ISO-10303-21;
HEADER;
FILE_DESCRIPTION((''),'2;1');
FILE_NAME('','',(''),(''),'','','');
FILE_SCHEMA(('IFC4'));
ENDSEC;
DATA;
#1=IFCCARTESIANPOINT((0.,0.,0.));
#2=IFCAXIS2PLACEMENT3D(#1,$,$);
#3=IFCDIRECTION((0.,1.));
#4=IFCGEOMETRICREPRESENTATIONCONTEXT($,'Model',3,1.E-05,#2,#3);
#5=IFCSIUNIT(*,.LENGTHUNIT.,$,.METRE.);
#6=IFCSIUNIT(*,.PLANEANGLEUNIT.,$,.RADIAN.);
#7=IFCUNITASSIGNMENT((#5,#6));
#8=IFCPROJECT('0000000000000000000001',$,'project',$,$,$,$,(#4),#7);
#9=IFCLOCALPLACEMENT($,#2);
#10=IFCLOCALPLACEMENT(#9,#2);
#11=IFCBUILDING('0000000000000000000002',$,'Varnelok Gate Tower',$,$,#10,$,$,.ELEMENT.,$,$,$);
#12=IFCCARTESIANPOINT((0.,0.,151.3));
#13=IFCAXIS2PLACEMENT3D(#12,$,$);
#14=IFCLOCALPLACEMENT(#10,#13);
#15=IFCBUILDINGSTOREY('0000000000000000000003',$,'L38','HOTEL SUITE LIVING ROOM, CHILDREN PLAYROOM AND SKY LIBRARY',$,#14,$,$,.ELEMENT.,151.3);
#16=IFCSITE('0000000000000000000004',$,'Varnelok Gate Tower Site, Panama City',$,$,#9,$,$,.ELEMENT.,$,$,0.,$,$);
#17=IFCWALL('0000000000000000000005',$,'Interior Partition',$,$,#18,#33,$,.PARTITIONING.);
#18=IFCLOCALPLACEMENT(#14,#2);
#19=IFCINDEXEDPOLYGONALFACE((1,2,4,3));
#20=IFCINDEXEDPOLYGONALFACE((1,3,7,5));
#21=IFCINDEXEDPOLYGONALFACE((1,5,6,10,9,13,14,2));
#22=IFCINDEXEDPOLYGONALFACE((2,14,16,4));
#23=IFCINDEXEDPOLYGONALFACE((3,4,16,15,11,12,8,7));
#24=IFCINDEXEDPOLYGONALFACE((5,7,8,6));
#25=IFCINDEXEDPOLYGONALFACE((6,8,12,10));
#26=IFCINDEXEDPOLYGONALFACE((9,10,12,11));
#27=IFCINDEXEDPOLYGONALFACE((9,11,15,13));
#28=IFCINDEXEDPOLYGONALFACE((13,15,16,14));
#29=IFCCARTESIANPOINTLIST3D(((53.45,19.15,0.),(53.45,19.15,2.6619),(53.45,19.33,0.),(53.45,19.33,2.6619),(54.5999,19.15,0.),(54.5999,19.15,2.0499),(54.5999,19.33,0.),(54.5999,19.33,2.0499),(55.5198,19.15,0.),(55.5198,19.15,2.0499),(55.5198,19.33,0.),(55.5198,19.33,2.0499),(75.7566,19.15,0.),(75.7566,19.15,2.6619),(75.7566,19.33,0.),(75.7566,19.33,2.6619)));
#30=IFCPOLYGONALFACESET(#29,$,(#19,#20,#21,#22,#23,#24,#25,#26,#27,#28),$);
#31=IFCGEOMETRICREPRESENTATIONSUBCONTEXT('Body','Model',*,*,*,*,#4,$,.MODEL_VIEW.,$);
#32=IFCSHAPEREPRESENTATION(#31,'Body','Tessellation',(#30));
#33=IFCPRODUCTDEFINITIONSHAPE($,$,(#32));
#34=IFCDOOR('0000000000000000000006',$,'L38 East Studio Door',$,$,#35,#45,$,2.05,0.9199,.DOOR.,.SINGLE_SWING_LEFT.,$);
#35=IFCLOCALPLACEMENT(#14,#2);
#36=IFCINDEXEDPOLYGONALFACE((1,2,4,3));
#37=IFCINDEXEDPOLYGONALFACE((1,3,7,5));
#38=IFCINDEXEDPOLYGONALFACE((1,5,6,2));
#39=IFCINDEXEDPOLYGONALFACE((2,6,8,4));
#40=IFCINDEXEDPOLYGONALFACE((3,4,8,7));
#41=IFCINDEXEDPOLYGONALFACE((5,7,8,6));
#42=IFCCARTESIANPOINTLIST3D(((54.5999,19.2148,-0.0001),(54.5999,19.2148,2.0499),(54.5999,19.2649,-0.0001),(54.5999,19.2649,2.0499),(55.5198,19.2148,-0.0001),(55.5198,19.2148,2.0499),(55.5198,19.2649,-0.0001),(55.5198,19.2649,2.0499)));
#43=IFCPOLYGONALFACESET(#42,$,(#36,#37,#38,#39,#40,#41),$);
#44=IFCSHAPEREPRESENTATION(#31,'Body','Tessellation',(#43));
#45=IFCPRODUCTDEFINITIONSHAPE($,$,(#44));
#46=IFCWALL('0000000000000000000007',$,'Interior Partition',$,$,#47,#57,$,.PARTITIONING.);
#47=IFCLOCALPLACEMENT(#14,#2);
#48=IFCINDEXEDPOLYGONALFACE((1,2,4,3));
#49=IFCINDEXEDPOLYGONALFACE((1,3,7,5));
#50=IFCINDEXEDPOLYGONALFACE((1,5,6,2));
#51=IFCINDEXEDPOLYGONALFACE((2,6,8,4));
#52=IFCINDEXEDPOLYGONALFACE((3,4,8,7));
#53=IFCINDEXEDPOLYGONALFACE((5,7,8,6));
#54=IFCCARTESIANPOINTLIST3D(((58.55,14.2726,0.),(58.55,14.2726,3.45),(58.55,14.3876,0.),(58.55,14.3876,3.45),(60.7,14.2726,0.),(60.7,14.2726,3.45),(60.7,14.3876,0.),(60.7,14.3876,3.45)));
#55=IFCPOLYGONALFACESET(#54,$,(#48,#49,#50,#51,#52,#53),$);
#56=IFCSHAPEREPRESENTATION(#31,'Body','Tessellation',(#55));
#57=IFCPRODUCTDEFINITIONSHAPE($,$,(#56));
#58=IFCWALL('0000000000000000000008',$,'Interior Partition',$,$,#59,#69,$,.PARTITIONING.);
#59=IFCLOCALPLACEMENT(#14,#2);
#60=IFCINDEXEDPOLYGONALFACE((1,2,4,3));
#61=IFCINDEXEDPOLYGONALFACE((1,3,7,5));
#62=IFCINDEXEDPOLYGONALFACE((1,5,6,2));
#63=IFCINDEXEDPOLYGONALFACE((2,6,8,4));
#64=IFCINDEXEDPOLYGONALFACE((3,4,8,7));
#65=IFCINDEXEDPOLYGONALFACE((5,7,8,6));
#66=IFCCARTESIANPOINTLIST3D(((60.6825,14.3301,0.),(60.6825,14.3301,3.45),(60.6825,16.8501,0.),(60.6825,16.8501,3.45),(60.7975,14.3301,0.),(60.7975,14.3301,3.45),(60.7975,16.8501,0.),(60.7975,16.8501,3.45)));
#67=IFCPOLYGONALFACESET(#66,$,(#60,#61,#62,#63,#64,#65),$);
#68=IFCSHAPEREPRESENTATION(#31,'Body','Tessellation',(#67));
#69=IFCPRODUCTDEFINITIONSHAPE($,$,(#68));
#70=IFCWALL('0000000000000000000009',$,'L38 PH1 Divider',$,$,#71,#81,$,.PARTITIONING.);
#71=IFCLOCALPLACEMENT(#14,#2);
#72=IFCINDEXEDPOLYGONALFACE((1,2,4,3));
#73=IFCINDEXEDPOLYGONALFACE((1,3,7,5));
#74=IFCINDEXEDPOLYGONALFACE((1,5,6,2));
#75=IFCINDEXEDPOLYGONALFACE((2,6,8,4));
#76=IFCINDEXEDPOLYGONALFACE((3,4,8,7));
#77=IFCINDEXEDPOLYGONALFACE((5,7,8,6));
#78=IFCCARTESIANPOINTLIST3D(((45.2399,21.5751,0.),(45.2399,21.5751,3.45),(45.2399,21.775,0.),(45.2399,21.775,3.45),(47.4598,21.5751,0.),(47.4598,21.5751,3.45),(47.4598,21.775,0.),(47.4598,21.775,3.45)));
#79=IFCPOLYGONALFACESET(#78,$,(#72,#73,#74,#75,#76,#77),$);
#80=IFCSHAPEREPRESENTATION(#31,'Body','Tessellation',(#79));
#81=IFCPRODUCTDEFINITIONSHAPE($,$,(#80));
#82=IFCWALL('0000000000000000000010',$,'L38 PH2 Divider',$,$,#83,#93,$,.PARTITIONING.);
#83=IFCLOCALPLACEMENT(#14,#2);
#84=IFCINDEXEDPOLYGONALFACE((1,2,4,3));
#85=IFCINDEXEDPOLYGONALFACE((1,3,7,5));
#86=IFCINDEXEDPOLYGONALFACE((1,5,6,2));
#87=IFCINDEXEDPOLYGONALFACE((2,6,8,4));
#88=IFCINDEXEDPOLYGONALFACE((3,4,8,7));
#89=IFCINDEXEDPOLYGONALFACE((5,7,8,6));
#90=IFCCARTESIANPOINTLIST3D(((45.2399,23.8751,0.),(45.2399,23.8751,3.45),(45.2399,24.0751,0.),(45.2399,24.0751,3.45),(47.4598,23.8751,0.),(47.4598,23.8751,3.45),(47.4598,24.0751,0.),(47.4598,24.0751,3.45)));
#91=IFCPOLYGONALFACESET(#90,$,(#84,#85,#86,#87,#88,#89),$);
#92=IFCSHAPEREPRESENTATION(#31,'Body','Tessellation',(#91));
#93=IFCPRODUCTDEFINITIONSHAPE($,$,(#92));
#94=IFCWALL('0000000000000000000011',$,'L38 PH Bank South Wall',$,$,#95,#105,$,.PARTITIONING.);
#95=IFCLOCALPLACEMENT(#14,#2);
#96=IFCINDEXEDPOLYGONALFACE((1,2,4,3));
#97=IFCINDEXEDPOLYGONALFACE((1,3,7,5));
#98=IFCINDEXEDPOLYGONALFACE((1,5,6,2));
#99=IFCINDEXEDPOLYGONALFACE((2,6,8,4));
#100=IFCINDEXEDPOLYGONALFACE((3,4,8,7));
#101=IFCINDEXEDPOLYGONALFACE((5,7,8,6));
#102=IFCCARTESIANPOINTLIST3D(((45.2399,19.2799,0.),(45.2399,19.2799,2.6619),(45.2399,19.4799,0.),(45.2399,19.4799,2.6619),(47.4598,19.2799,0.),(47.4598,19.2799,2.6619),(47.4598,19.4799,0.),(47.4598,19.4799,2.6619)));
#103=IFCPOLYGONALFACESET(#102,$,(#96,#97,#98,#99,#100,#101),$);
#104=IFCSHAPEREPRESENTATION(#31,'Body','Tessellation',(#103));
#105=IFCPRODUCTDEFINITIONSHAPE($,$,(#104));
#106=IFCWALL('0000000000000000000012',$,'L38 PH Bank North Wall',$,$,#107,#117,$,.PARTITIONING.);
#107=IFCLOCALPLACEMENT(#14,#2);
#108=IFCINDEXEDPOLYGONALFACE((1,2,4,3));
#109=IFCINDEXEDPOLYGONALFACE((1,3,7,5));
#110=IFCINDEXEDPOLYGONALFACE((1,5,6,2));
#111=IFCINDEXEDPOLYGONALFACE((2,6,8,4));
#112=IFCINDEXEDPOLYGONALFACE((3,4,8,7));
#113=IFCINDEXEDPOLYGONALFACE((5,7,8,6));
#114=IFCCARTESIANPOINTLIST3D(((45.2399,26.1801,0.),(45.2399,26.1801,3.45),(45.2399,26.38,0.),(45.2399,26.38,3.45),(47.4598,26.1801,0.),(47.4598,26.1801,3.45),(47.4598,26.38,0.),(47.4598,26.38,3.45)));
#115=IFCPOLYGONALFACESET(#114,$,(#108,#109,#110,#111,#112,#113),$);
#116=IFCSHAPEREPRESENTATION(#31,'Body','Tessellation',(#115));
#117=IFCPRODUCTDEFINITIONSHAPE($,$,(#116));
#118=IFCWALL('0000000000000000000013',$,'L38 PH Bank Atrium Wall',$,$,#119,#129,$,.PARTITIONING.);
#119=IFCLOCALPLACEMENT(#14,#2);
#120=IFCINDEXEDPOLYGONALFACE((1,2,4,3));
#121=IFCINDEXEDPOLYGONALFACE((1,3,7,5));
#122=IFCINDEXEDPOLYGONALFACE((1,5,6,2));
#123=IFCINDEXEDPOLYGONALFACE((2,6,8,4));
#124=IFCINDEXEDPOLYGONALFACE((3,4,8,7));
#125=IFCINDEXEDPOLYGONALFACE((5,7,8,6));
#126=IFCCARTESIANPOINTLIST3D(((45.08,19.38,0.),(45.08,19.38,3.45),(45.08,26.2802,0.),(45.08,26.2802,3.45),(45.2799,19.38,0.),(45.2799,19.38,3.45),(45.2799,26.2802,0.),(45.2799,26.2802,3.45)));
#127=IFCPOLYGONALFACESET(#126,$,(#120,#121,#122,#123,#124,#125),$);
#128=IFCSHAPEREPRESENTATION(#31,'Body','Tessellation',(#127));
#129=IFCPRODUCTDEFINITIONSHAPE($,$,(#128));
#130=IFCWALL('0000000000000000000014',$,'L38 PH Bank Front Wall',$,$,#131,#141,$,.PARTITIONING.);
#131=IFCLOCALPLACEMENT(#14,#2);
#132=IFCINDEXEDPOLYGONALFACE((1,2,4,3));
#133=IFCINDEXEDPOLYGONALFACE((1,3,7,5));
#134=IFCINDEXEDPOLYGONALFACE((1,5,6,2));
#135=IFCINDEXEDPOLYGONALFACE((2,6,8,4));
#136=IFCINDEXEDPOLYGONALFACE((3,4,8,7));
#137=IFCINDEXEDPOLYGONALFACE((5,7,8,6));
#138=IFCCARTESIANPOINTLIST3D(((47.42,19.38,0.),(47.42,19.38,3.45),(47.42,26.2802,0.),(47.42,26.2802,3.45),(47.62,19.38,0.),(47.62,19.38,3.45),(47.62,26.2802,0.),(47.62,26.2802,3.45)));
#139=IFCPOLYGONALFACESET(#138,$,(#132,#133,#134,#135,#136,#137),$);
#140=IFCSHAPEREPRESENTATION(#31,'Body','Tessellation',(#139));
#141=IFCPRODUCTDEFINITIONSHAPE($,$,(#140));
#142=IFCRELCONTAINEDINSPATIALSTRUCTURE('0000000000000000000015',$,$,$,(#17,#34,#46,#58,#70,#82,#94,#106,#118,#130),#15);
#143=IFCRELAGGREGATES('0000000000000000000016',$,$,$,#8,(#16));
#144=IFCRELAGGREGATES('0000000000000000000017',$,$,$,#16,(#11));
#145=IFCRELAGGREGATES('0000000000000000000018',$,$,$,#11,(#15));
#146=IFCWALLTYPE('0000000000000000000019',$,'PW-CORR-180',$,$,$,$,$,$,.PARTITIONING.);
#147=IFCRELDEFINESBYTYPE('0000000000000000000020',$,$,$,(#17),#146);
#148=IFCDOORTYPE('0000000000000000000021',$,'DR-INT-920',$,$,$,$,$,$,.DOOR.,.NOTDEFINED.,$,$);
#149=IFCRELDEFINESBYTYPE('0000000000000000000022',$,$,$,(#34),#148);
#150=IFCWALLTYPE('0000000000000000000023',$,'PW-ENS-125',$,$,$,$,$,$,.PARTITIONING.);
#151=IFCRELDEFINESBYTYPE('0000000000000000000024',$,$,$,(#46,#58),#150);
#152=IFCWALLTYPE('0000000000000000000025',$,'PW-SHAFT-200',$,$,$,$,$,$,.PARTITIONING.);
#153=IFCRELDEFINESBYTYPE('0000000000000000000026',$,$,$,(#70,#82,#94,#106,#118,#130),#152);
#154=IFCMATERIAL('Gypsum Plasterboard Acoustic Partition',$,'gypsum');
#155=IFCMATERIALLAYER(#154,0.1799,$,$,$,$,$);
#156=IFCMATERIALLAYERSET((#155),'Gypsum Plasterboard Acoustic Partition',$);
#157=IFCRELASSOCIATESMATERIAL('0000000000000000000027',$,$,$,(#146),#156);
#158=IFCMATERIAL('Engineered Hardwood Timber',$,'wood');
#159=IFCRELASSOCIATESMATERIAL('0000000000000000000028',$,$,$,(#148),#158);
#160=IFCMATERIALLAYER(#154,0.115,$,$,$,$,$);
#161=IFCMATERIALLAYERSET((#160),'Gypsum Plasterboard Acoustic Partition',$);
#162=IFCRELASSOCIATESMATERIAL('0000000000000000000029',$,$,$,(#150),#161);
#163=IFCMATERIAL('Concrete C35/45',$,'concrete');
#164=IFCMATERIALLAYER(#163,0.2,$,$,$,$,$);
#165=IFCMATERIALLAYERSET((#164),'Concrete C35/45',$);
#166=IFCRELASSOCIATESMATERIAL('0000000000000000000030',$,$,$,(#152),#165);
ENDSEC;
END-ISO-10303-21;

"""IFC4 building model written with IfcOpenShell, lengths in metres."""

from ifc_helpers import new_model, si_unit, direction, frame, frame_2d, origin, place, context, subcontext, project, spatial, rectangle, extrude, material, layer, layer_set, type_object, element, fill, save


model = new_model("IFC4")

# Units and contexts
model_context = context("Model", 3, precision=1e-05, world=origin(), true_north=direction((0.0, 1.0)))
body_context = subcontext(model_context, "Body", "Model", "MODEL_VIEW")
ifc_project = project(units=[si_unit("LENGTHUNIT", "METRE"), si_unit("PLANEANGLEUNIT", "RADIAN")], contexts=[model_context])

# Site, building, storey
site_placement = place(None, origin())
site = spatial("IfcSite", under=ifc_project, at=site_placement, Name="Varnelok Gate Tower Site, Panama City", CompositionType="ELEMENT", RefElevation=0.0)
building_placement = place(site_placement, origin())
building = spatial("IfcBuilding", under=site, at=building_placement, Name="Varnelok Gate Tower", CompositionType="ELEMENT")
storey_placement = place(building_placement, frame((0.0, 0.0, 151.3)))
storey = spatial("IfcBuildingStorey", under=building, at=storey_placement, Name="L38", Description="HOTEL SUITE LIVING ROOM, CHILDREN PLAYROOM AND SKY LIBRARY", CompositionType="ELEMENT", Elevation=151.3)

# Wall, opening, door
ifc_material_1 = material(Name="Gypsum Plasterboard Acoustic Partition", Category="gypsum")
ifc_layer_1 = layer(ifc_material_1, 0.1799)
ifc_layer_set_1 = layer_set([ifc_layer_1], Name="Gypsum Plasterboard Acoustic Partition")
wall_type_1 = type_object("IfcWallType", Name="PW-CORR-180", PredefinedType="PARTITIONING", material=ifc_layer_set_1)
ifc_material_2 = material(Name="Engineered Hardwood Timber", Category="wood")
wall_1_placement = place(storey_placement, frame((53.45, 19.24, 0.0), z_axis=(0.0, 0.0, 1.0), x_axis=(1.0, 0.0, 0.0)))
wall_1 = element("IfcWall", 1, at=wall_1_placement, inside=storey, type_object=wall_type_1, Name="Interior Partition", PredefinedType="PARTITIONING", context=body_context, shape_type="SweptSolid", body=[
    extrude(rectangle(XDim=22.3066, YDim=0.1799, at=frame_2d((11.1533, 0.0))), origin(), (0.0, 0.0, 1.0), 2.6619),
])
opening_1_placement = place(wall_1_placement, frame((1.1499, 0.0, 0.0)))
opening_1 = element("IfcOpeningElement", 2, at=opening_1_placement, cuts=wall_1, PredefinedType="OPENING", context=body_context, shape_type="SweptSolid", body=[
    extrude(rectangle(XDim=0.9199, YDim=2.05, at=frame_2d((0.46, 1.0249))), frame((0.0, 0.0999, 0.0), z_axis=(0.0, -1.0, 0.0), x_axis=(1.0, 0.0, 0.0)), (0.0, 0.0, 1.0), 0.2),
])
door_type_1 = type_object("IfcDoorType", Name="DR-INT-920", OperationType="NOTDEFINED", PredefinedType="DOOR", material=ifc_material_2)
door_1_placement = place(opening_1_placement, origin())
door_1 = element("IfcDoor", 3, at=door_1_placement, inside=storey, type_object=door_type_1, Name="L38 East Studio Door", OperationType="SINGLE_SWING_LEFT", OverallHeight=2.05, OverallWidth=0.9199, PredefinedType="DOOR", context=body_context, shape_type="SweptSolid", body=[
    extrude(rectangle(XDim=0.9199, YDim=2.05, at=frame_2d((0.46, 1.0249))), frame((0.0, 0.0249, 0.0), z_axis=(0.0, -1.0, 0.0), x_axis=(1.0, 0.0, 0.0)), (0.0, 0.0, 1.0), 0.05),
])
fill(opening_1, door_1)

# Walls
ifc_layer_2 = layer(ifc_material_1, 0.115)
ifc_layer_set_2 = layer_set([ifc_layer_2], Name="Gypsum Plasterboard Acoustic Partition")
wall_type_2 = type_object("IfcWallType", Name="PW-ENS-125", PredefinedType="PARTITIONING", material=ifc_layer_set_2)
wall_2_placement = place(storey_placement, frame((58.55, 14.3301, 0.0), z_axis=(0.0, 0.0, 1.0), x_axis=(1.0, 0.0, 0.0)))
element("IfcWall", 4, at=wall_2_placement, inside=storey, type_object=wall_type_2, Name="Interior Partition", PredefinedType="PARTITIONING", context=body_context, shape_type="SweptSolid", body=[
    extrude(rectangle(XDim=2.1499, YDim=0.115, at=frame_2d((1.075, 0.0))), origin(), (0.0, 0.0, 1.0), 3.45),
])
wall_3_placement = place(storey_placement, frame((60.74, 14.3301, 0.0), z_axis=(0.0, 0.0, 1.0), x_axis=(0.0, 1.0, 0.0)))
element("IfcWall", 5, at=wall_3_placement, inside=storey, type_object=wall_type_2, Name="Interior Partition", PredefinedType="PARTITIONING", context=body_context, shape_type="SweptSolid", body=[
    extrude(rectangle(XDim=2.52, YDim=0.115, at=frame_2d((1.26, 0.0))), origin(), (0.0, 0.0, 1.0), 3.45),
])
ifc_material_3 = material(Name="Concrete C35/45", Category="concrete")
ifc_layer_3 = layer(ifc_material_3, 0.2)
ifc_layer_set_3 = layer_set([ifc_layer_3], Name="Concrete C35/45")
wall_type_3 = type_object("IfcWallType", Name="PW-SHAFT-200", PredefinedType="PARTITIONING", material=ifc_layer_set_3)
for number, where, z_axis, x_axis, name in (
    (6, (45.24, 21.675, 0.0), (0.0, 0.0, 1.0), (1.0, 0.0, 0.0), "L38 PH1 Divider"),
    (7, (45.24, 23.9751, 0.0), (0.0, 0.0, 1.0), (1.0, 0.0, 0.0), "L38 PH2 Divider"),
):
    element("IfcWall", number, at=place(storey_placement, frame(where, z_axis=z_axis, x_axis=x_axis)), inside=storey, type_object=wall_type_3, Name=name, PredefinedType="PARTITIONING", context=body_context, shape_type="SweptSolid", body=[
        extrude(rectangle(XDim=2.22, YDim=0.2, at=frame_2d((1.1099, 0.0))), origin(), (0.0, 0.0, 1.0), 3.45),
    ])
wall_4_placement = place(storey_placement, frame((45.24, 19.3799, 0.0), z_axis=(0.0, 0.0, 1.0), x_axis=(1.0, 0.0, 0.0)))
element("IfcWall", 8, at=wall_4_placement, inside=storey, type_object=wall_type_3, Name="L38 PH Bank South Wall", PredefinedType="PARTITIONING", context=body_context, shape_type="SweptSolid", body=[
    extrude(rectangle(XDim=2.22, YDim=0.2, at=frame_2d((1.1099, 0.0))), origin(), (0.0, 0.0, 1.0), 2.6619),
])
wall_5_placement = place(storey_placement, frame((45.24, 26.28, 0.0), z_axis=(0.0, 0.0, 1.0), x_axis=(1.0, 0.0, 0.0)))
element("IfcWall", 9, at=wall_5_placement, inside=storey, type_object=wall_type_3, Name="L38 PH Bank North Wall", PredefinedType="PARTITIONING", context=body_context, shape_type="SweptSolid", body=[
    extrude(rectangle(XDim=2.22, YDim=0.2, at=frame_2d((1.1099, 0.0))), origin(), (0.0, 0.0, 1.0), 3.45),
])
for number, where, z_axis, x_axis, name in (
    (10, (45.1799, 19.3799, 0.0), (0.0, 0.0, 1.0), (0.0, 1.0, 0.0), "L38 PH Bank Atrium Wall"),
    (11, (47.52, 19.3799, 0.0), (0.0, 0.0, 1.0), (0.0, 1.0, 0.0), "L38 PH Bank Front Wall"),
):
    element("IfcWall", number, at=place(storey_placement, frame(where, z_axis=z_axis, x_axis=x_axis)), inside=storey, type_object=wall_type_3, Name=name, PredefinedType="PARTITIONING", context=body_context, shape_type="SweptSolid", body=[
        extrude(rectangle(XDim=6.9001, YDim=0.2, at=frame_2d((3.4502, 0.0))), origin(), (0.0, 0.0, 1.0), 3.45),
    ])

save(model, "model.ifc")
